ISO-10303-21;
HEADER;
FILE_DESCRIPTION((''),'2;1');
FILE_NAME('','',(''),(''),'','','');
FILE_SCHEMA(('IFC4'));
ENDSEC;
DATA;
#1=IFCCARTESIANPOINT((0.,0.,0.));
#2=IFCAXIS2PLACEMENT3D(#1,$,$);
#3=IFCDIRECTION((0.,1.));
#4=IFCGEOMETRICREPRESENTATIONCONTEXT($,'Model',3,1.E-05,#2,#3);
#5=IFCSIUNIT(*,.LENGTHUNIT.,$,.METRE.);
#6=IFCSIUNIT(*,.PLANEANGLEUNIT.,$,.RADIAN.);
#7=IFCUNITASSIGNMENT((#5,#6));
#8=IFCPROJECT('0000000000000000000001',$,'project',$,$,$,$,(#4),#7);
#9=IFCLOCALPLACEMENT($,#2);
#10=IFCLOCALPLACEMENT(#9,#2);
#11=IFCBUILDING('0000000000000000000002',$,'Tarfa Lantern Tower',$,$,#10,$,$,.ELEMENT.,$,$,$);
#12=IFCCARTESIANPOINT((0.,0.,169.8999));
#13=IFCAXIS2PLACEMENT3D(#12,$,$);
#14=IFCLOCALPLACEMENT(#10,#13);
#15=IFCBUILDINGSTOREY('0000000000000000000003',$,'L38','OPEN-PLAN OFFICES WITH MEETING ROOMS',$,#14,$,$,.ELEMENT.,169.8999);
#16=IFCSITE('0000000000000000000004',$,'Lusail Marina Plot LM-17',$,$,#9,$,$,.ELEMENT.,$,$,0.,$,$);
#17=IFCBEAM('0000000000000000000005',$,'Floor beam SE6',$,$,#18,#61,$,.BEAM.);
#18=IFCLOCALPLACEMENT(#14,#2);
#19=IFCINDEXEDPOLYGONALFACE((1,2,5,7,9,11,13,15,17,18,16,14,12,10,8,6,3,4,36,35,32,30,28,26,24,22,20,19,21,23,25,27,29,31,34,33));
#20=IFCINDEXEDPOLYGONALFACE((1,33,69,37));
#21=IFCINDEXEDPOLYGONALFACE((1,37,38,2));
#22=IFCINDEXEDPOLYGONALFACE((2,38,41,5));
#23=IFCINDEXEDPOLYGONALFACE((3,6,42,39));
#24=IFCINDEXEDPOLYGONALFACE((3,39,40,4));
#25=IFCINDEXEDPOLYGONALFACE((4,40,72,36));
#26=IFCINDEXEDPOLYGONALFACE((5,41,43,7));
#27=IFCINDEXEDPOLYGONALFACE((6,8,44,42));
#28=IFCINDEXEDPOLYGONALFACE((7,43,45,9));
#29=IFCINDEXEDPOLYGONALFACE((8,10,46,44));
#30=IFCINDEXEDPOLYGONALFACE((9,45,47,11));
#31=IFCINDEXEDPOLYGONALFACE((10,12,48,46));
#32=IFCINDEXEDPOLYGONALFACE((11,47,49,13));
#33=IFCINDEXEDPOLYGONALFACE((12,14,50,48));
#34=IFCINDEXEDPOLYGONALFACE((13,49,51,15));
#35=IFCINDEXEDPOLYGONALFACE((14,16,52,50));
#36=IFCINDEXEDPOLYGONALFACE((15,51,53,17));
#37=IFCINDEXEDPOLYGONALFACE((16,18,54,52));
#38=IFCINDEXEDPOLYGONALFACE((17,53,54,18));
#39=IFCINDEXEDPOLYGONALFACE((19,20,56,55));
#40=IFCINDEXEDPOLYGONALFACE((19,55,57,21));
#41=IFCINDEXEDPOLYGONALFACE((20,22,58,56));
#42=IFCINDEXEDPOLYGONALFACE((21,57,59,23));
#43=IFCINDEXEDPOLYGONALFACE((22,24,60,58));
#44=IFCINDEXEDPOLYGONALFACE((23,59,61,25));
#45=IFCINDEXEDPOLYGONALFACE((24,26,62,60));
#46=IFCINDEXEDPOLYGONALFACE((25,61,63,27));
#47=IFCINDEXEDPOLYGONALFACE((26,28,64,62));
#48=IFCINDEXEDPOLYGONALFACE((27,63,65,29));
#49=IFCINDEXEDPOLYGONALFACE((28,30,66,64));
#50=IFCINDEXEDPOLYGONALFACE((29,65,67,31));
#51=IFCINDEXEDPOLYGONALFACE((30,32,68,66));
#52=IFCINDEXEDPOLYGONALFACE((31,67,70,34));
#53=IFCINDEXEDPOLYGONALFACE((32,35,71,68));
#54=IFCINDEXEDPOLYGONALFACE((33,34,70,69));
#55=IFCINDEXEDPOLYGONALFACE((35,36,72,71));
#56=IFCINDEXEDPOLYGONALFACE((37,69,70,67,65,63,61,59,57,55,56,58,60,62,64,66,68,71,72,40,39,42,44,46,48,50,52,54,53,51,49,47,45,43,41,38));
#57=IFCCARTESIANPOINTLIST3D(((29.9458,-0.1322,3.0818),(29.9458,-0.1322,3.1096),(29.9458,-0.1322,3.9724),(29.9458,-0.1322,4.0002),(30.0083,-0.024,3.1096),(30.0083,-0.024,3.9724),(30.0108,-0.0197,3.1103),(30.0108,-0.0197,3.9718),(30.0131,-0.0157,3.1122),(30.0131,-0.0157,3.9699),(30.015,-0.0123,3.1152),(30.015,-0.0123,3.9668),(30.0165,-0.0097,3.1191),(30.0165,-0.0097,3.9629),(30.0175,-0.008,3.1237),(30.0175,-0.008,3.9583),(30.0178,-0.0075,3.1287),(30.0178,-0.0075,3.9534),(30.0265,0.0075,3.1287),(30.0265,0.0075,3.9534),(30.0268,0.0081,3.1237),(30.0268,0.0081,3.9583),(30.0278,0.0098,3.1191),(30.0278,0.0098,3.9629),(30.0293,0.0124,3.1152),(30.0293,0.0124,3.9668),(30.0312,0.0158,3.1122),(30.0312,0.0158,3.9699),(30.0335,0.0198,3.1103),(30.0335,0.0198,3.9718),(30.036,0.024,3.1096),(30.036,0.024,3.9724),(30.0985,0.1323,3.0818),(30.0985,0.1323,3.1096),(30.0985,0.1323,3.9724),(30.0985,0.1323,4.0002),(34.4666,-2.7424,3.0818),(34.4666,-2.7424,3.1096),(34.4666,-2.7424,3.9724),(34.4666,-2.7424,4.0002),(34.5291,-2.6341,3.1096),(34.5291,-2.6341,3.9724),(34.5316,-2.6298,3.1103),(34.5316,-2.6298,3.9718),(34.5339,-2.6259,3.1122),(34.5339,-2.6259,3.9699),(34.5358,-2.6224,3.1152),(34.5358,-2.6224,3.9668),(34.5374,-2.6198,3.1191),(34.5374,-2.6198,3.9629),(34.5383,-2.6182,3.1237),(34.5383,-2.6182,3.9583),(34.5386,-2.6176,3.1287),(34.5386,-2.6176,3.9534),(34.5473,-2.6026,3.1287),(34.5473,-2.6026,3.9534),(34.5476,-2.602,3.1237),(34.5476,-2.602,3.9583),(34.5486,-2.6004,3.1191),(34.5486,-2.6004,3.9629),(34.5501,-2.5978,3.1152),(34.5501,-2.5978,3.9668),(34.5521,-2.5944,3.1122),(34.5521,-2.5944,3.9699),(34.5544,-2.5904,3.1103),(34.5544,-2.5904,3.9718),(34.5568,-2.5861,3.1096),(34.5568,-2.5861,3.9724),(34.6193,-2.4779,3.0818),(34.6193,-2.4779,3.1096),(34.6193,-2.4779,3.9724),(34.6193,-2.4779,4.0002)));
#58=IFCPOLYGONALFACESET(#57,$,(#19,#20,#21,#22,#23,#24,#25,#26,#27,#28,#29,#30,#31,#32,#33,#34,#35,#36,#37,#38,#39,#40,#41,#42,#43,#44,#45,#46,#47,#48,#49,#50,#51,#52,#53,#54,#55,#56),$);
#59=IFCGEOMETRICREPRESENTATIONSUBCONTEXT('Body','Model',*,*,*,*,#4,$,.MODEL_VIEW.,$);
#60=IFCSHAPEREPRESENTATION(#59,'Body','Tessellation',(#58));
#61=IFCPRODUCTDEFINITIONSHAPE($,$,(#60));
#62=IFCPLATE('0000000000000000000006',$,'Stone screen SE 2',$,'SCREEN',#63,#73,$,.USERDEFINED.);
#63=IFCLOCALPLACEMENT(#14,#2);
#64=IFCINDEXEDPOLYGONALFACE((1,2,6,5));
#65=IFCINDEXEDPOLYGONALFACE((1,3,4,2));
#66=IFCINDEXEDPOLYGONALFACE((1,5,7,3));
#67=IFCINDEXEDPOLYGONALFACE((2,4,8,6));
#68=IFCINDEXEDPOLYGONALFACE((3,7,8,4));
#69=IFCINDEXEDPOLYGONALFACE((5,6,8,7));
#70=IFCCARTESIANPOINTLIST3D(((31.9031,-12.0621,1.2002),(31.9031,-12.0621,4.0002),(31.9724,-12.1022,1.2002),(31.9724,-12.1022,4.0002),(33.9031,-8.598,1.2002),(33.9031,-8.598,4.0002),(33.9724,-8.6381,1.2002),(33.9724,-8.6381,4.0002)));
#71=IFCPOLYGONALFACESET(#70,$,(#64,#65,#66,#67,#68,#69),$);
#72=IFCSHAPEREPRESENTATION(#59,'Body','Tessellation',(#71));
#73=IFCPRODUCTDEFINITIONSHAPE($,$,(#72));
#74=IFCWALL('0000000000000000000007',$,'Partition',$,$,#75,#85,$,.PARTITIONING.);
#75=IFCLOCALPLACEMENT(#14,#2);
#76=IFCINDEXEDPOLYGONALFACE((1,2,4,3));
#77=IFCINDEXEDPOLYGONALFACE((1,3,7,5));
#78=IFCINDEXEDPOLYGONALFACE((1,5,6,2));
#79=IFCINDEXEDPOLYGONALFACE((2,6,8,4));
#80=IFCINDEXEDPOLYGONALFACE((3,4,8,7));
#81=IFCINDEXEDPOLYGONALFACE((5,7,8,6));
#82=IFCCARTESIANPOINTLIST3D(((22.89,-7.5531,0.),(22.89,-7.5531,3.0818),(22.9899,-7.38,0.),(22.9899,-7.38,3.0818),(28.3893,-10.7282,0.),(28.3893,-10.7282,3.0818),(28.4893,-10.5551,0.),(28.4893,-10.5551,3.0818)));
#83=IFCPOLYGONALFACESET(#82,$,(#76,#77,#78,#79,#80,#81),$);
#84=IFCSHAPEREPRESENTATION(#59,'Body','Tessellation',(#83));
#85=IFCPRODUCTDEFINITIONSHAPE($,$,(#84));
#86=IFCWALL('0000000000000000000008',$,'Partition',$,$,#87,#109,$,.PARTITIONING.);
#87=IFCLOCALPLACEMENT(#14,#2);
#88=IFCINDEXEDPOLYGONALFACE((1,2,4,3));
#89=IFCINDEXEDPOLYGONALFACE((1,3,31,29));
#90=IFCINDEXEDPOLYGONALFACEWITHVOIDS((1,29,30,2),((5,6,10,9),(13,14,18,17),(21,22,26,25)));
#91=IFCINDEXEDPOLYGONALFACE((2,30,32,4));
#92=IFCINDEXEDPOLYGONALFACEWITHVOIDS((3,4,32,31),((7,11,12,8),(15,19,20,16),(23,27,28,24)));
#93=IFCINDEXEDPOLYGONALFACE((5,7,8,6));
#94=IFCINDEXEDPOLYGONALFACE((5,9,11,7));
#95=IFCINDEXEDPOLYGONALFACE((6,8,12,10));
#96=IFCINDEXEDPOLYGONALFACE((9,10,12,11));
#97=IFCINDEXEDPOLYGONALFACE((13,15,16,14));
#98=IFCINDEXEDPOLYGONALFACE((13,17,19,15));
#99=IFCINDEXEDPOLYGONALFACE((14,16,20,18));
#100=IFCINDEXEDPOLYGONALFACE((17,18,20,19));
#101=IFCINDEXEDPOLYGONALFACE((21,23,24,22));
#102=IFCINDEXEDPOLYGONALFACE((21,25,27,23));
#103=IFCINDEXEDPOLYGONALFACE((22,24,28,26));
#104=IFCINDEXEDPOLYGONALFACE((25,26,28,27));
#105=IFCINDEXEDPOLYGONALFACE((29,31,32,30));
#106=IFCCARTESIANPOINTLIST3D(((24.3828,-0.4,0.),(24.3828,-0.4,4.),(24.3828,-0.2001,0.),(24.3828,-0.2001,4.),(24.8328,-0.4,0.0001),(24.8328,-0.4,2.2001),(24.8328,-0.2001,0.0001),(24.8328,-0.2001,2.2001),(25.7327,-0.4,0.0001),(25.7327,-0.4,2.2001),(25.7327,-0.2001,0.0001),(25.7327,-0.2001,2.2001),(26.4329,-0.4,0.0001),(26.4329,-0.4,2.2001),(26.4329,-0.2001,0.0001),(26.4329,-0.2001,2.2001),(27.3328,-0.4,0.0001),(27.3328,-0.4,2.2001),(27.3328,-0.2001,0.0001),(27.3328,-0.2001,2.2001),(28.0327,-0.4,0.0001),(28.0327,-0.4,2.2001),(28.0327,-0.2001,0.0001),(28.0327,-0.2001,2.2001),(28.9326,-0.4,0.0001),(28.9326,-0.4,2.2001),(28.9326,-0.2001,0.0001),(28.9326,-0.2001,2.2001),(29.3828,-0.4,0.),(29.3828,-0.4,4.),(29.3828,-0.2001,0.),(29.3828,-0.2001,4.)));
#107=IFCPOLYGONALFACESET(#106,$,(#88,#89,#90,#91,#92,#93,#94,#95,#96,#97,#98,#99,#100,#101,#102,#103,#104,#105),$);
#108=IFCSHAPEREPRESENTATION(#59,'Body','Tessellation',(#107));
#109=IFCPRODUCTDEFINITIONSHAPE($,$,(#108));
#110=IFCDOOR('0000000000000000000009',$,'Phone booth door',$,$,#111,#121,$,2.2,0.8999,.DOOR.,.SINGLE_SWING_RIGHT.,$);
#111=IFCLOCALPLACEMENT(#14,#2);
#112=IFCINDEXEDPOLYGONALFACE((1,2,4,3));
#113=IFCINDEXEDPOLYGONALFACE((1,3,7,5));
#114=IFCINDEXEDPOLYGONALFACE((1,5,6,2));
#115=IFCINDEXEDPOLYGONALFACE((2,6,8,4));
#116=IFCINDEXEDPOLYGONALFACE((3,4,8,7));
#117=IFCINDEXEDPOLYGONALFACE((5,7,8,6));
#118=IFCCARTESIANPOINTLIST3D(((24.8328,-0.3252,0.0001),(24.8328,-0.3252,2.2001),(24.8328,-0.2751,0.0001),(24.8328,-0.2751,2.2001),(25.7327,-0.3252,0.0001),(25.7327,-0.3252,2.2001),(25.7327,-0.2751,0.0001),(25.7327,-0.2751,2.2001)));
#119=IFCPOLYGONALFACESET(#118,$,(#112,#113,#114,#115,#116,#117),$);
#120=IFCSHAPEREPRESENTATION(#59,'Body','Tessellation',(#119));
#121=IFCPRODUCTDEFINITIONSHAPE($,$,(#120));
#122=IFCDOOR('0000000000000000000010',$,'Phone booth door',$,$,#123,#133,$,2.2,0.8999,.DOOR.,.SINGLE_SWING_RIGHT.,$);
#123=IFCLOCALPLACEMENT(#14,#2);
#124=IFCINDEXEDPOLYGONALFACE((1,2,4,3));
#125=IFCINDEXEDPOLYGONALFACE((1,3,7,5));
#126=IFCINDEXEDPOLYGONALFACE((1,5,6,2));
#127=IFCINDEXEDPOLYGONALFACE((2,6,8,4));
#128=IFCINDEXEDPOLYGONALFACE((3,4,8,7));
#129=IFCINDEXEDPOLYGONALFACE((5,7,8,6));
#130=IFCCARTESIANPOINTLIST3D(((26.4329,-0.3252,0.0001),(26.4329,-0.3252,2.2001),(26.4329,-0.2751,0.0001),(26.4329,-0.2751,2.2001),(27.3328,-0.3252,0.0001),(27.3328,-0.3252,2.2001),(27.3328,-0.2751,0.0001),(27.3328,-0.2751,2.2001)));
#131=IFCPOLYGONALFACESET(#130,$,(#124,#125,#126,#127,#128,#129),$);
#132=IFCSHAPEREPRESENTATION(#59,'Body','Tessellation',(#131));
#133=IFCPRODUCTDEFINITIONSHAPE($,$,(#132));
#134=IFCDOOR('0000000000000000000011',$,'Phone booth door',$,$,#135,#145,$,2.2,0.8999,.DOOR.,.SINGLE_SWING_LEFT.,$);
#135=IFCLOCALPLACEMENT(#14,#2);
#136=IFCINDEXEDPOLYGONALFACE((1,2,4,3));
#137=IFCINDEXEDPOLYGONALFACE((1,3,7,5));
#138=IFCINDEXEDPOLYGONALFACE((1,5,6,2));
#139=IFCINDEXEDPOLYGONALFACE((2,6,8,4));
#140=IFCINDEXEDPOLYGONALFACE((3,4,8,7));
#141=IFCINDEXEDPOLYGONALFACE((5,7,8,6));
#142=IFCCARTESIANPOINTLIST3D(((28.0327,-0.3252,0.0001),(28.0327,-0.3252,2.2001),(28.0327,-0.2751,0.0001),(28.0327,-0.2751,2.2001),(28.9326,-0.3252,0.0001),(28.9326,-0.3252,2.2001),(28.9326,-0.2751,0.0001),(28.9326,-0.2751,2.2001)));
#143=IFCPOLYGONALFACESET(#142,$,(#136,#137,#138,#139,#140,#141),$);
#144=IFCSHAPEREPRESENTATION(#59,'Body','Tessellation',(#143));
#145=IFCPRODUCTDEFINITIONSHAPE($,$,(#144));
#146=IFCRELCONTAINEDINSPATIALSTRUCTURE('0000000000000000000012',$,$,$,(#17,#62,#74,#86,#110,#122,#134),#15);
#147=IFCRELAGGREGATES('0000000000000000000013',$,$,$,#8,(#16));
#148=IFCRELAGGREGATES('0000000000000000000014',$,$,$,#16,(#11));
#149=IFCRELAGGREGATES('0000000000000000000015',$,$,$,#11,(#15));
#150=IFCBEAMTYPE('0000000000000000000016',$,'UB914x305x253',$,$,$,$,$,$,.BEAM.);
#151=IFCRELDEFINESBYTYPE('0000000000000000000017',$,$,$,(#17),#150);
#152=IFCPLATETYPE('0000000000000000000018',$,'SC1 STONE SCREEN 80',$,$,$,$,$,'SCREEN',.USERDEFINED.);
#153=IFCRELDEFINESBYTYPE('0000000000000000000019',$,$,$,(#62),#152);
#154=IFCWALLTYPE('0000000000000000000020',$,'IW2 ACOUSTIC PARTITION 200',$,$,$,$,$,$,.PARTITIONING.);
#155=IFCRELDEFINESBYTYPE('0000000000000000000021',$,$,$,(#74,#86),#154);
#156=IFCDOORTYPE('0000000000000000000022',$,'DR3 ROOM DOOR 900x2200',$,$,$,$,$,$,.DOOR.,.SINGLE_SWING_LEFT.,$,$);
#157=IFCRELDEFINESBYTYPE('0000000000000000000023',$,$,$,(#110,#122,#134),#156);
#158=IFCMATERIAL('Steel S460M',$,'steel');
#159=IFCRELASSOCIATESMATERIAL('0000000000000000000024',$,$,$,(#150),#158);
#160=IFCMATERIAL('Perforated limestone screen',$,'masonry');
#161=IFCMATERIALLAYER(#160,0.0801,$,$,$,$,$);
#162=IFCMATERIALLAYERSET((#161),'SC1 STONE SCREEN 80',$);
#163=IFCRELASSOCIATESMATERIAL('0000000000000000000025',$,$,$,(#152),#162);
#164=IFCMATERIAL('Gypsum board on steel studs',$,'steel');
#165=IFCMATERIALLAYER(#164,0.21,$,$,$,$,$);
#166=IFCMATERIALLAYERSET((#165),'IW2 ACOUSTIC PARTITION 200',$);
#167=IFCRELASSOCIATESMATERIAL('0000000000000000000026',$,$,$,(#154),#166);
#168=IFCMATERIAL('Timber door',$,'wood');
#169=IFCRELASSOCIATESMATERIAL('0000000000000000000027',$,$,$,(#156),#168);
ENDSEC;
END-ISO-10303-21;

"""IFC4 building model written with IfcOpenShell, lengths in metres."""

from ifc_helpers import new_model, si_unit, direction, frame, frame_2d, origin, origin_2d, place, context, subcontext, project, spatial, rectangle, i_section, extrude, material, layer, layer_set, material_profile, profile_set, type_object, element, fill, save


model = new_model("IFC4")

# Units and contexts
model_context = context("Model", 3, precision=1e-05, world=origin(), true_north=direction((0.0, 1.0)))
body_context = subcontext(model_context, "Body", "Model", "MODEL_VIEW")
ifc_project = project(units=[si_unit("LENGTHUNIT", "METRE"), si_unit("PLANEANGLEUNIT", "RADIAN")], contexts=[model_context])

# Site, building, storey
site_placement = place(None, origin())
site = spatial("IfcSite", under=ifc_project, at=site_placement, Name="Lusail Marina Plot LM-17", CompositionType="ELEMENT", RefElevation=0.0)
building_placement = place(site_placement, origin())
building = spatial("IfcBuilding", under=site, at=building_placement, Name="Tarfa Lantern Tower", CompositionType="ELEMENT")
storey_placement = place(building_placement, frame((0.0, 0.0, 169.8999)))
storey = spatial("IfcBuildingStorey", under=building, at=storey_placement, Name="L38", Description="OPEN-PLAN OFFICES WITH MEETING ROOMS", CompositionType="ELEMENT", Elevation=169.8999)

# Beam
ifc_material_1 = material(Name="Steel S460M", Category="steel")
ifc_material_profile_1 = material_profile(ifc_material_1, i_section(OverallWidth=0.3054, OverallDepth=0.9185, WebThickness=0.0173, FlangeThickness=0.0278, FilletRadius=0.019, at=origin_2d()), Name="UB914x305x253")
ifc_profile_set_1 = profile_set([ifc_material_profile_1], Name="Steel S460M")
beam_type_1 = type_object("IfcBeamType", Name="UB914x305x253", PredefinedType="BEAM", material=ifc_profile_set_1)
beam_1_placement = place(storey_placement, frame((34.543, -2.6101, 3.541), z_axis=(-0.866021, 0.500007, 0.0), x_axis=(-0.500007, -0.866021, 0.0)))
element("IfcBeam", 1, at=beam_1_placement, inside=storey, type_object=beam_type_1, Name="Floor beam SE6", PredefinedType="BEAM", context=body_context, shape_type="SweptSolid", body=[
    extrude(i_section(OverallWidth=0.3054, OverallDepth=0.9185, WebThickness=0.0173, FlangeThickness=0.0278, FilletRadius=0.019, at=origin_2d()), origin(), (0.0, 0.0, 1.0), 5.2202),
])

# Plate
ifc_material_2 = material(Name="Perforated limestone screen", Category="masonry")
ifc_layer_1 = layer(ifc_material_2, 0.0801)
ifc_layer_set_1 = layer_set([ifc_layer_1], Name="SC1 STONE SCREEN 80")
plate_type = type_object("IfcPlateType", Name="SC1 STONE SCREEN 80", ElementType="SCREEN", PredefinedType="USERDEFINED", material=ifc_layer_set_1)
plate_placement = place(storey_placement, frame((32.9377, -10.3501, 1.2002), z_axis=(0.0, 0.0, 1.0), x_axis=(0.5, 0.866025, 0.0)))
element("IfcPlate", 2, at=plate_placement, inside=storey, type_object=plate_type, Name="Stone screen SE 2", ObjectType="SCREEN", PredefinedType="USERDEFINED", context=body_context, shape_type="SweptSolid", body=[
    extrude(rectangle(XDim=4.0, YDim=0.0801, at=origin_2d()), origin(), (0.0, 0.0, 1.0), 2.8),
])

# Wall
ifc_material_3 = material(Name="Gypsum board on steel studs", Category="steel")
ifc_layer_2 = layer(ifc_material_3, 0.21)
ifc_layer_set_2 = layer_set([ifc_layer_2], Name="IW2 ACOUSTIC PARTITION 200")
wall_type = type_object("IfcWallType", Name="IW2 ACOUSTIC PARTITION 200", PredefinedType="PARTITIONING", material=ifc_layer_set_2)
wall_1_placement = place(storey_placement, frame((22.9399, -7.4666, 0.0), z_axis=(0.0, 0.0, 1.0), x_axis=(0.866022, -0.500005, 0.0)))
element("IfcWall", 3, at=wall_1_placement, inside=storey, type_object=wall_type, Name="Partition", PredefinedType="PARTITIONING", context=body_context, shape_type="SweptSolid", body=[
    extrude(rectangle(XDim=6.3501, YDim=0.2, at=frame_2d((3.175, 0.0))), origin(), (0.0, 0.0, 1.0), 3.0818),
])

# Wall, openings, doors
wall_2_placement = place(storey_placement, frame((24.3828, -0.3, 0.0), z_axis=(0.0, 0.0, 1.0), x_axis=(1.0, 0.0, 0.0)))
wall_2 = element("IfcWall", 4, at=wall_2_placement, inside=storey, type_object=wall_type, Name="Partition", PredefinedType="PARTITIONING", context=body_context, shape_type="SweptSolid", body=[
    extrude(rectangle(XDim=5.0, YDim=0.2, at=frame_2d((2.5, 0.0))), origin(), (0.0, 0.0, 1.0), 4.0),
])
opening_1_placement = place(wall_2_placement, frame((0.45, 0.0, 0.0)))
opening_1 = element("IfcOpeningElement", 5, at=opening_1_placement, cuts=wall_2, PredefinedType="OPENING", context=body_context, shape_type="SweptSolid", body=[
    extrude(rectangle(XDim=0.8999, YDim=2.2, at=frame_2d((0.45, 1.1001))), frame((0.0, 0.1099, 0.0), z_axis=(0.0, -1.0, 0.0), x_axis=(1.0, 0.0, 0.0)), (0.0, 0.0, 1.0), 0.22),
])
opening_2_placement = place(wall_2_placement, frame((2.05, 0.0, 0.0)))
opening_2 = element("IfcOpeningElement", 6, at=opening_2_placement, cuts=wall_2, PredefinedType="OPENING", context=body_context, shape_type="SweptSolid", body=[
    extrude(rectangle(XDim=0.8999, YDim=2.2, at=frame_2d((0.45, 1.1001))), frame((0.0, 0.1099, 0.0), z_axis=(0.0, -1.0, 0.0), x_axis=(1.0, 0.0, 0.0)), (0.0, 0.0, 1.0), 0.22),
])
opening_3_placement = place(wall_2_placement, frame((3.6499, 0.0, 0.0)))
opening_3 = element("IfcOpeningElement", 7, at=opening_3_placement, cuts=wall_2, PredefinedType="OPENING", context=body_context, shape_type="SweptSolid", body=[
    extrude(rectangle(XDim=0.8999, YDim=2.2, at=frame_2d((0.45, 1.1001))), frame((0.0, 0.1099, 0.0), z_axis=(0.0, -1.0, 0.0), x_axis=(1.0, 0.0, 0.0)), (0.0, 0.0, 1.0), 0.22),
])
ifc_material_4 = material(Name="Timber door", Category="wood")
door_type = type_object("IfcDoorType", Name="DR3 ROOM DOOR 900x2200", OperationType="SINGLE_SWING_LEFT", PredefinedType="DOOR", material=ifc_material_4)
door_1_placement = place(opening_1_placement, origin())
door_1 = element("IfcDoor", 8, at=door_1_placement, inside=storey, type_object=door_type, Name="Phone booth door", OperationType="SINGLE_SWING_RIGHT", OverallHeight=2.2, OverallWidth=0.8999, PredefinedType="DOOR", context=body_context, shape_type="SweptSolid", body=[
    extrude(rectangle(XDim=0.8999, YDim=2.2, at=frame_2d((0.45, 1.1001))), frame((0.0, 0.0249, 0.0), z_axis=(0.0, -1.0, 0.0), x_axis=(1.0, 0.0, 0.0)), (0.0, 0.0, 1.0), 0.05),
])
fill(opening_1, door_1)
door_2_placement = place(opening_2_placement, origin())
door_2 = element("IfcDoor", 9, at=door_2_placement, inside=storey, type_object=door_type, Name="Phone booth door", OperationType="SINGLE_SWING_RIGHT", OverallHeight=2.2, OverallWidth=0.8999, PredefinedType="DOOR", context=body_context, shape_type="SweptSolid", body=[
    extrude(rectangle(XDim=0.8999, YDim=2.2, at=frame_2d((0.45, 1.1001))), frame((0.0, 0.0249, 0.0), z_axis=(0.0, -1.0, 0.0), x_axis=(1.0, 0.0, 0.0)), (0.0, 0.0, 1.0), 0.05),
])
fill(opening_2, door_2)
door_3_placement = place(opening_3_placement, origin())
door_3 = element("IfcDoor", 10, at=door_3_placement, inside=storey, type_object=door_type, Name="Phone booth door", OperationType="SINGLE_SWING_LEFT", OverallHeight=2.2, OverallWidth=0.8999, PredefinedType="DOOR", context=body_context, shape_type="SweptSolid", body=[
    extrude(rectangle(XDim=0.8999, YDim=2.2, at=frame_2d((0.45, 1.1001))), frame((0.0, 0.0249, 0.0), z_axis=(0.0, -1.0, 0.0), x_axis=(1.0, 0.0, 0.0)), (0.0, 0.0, 1.0), 0.05),
])
fill(opening_3, door_3)

save(model, "model.ifc")
